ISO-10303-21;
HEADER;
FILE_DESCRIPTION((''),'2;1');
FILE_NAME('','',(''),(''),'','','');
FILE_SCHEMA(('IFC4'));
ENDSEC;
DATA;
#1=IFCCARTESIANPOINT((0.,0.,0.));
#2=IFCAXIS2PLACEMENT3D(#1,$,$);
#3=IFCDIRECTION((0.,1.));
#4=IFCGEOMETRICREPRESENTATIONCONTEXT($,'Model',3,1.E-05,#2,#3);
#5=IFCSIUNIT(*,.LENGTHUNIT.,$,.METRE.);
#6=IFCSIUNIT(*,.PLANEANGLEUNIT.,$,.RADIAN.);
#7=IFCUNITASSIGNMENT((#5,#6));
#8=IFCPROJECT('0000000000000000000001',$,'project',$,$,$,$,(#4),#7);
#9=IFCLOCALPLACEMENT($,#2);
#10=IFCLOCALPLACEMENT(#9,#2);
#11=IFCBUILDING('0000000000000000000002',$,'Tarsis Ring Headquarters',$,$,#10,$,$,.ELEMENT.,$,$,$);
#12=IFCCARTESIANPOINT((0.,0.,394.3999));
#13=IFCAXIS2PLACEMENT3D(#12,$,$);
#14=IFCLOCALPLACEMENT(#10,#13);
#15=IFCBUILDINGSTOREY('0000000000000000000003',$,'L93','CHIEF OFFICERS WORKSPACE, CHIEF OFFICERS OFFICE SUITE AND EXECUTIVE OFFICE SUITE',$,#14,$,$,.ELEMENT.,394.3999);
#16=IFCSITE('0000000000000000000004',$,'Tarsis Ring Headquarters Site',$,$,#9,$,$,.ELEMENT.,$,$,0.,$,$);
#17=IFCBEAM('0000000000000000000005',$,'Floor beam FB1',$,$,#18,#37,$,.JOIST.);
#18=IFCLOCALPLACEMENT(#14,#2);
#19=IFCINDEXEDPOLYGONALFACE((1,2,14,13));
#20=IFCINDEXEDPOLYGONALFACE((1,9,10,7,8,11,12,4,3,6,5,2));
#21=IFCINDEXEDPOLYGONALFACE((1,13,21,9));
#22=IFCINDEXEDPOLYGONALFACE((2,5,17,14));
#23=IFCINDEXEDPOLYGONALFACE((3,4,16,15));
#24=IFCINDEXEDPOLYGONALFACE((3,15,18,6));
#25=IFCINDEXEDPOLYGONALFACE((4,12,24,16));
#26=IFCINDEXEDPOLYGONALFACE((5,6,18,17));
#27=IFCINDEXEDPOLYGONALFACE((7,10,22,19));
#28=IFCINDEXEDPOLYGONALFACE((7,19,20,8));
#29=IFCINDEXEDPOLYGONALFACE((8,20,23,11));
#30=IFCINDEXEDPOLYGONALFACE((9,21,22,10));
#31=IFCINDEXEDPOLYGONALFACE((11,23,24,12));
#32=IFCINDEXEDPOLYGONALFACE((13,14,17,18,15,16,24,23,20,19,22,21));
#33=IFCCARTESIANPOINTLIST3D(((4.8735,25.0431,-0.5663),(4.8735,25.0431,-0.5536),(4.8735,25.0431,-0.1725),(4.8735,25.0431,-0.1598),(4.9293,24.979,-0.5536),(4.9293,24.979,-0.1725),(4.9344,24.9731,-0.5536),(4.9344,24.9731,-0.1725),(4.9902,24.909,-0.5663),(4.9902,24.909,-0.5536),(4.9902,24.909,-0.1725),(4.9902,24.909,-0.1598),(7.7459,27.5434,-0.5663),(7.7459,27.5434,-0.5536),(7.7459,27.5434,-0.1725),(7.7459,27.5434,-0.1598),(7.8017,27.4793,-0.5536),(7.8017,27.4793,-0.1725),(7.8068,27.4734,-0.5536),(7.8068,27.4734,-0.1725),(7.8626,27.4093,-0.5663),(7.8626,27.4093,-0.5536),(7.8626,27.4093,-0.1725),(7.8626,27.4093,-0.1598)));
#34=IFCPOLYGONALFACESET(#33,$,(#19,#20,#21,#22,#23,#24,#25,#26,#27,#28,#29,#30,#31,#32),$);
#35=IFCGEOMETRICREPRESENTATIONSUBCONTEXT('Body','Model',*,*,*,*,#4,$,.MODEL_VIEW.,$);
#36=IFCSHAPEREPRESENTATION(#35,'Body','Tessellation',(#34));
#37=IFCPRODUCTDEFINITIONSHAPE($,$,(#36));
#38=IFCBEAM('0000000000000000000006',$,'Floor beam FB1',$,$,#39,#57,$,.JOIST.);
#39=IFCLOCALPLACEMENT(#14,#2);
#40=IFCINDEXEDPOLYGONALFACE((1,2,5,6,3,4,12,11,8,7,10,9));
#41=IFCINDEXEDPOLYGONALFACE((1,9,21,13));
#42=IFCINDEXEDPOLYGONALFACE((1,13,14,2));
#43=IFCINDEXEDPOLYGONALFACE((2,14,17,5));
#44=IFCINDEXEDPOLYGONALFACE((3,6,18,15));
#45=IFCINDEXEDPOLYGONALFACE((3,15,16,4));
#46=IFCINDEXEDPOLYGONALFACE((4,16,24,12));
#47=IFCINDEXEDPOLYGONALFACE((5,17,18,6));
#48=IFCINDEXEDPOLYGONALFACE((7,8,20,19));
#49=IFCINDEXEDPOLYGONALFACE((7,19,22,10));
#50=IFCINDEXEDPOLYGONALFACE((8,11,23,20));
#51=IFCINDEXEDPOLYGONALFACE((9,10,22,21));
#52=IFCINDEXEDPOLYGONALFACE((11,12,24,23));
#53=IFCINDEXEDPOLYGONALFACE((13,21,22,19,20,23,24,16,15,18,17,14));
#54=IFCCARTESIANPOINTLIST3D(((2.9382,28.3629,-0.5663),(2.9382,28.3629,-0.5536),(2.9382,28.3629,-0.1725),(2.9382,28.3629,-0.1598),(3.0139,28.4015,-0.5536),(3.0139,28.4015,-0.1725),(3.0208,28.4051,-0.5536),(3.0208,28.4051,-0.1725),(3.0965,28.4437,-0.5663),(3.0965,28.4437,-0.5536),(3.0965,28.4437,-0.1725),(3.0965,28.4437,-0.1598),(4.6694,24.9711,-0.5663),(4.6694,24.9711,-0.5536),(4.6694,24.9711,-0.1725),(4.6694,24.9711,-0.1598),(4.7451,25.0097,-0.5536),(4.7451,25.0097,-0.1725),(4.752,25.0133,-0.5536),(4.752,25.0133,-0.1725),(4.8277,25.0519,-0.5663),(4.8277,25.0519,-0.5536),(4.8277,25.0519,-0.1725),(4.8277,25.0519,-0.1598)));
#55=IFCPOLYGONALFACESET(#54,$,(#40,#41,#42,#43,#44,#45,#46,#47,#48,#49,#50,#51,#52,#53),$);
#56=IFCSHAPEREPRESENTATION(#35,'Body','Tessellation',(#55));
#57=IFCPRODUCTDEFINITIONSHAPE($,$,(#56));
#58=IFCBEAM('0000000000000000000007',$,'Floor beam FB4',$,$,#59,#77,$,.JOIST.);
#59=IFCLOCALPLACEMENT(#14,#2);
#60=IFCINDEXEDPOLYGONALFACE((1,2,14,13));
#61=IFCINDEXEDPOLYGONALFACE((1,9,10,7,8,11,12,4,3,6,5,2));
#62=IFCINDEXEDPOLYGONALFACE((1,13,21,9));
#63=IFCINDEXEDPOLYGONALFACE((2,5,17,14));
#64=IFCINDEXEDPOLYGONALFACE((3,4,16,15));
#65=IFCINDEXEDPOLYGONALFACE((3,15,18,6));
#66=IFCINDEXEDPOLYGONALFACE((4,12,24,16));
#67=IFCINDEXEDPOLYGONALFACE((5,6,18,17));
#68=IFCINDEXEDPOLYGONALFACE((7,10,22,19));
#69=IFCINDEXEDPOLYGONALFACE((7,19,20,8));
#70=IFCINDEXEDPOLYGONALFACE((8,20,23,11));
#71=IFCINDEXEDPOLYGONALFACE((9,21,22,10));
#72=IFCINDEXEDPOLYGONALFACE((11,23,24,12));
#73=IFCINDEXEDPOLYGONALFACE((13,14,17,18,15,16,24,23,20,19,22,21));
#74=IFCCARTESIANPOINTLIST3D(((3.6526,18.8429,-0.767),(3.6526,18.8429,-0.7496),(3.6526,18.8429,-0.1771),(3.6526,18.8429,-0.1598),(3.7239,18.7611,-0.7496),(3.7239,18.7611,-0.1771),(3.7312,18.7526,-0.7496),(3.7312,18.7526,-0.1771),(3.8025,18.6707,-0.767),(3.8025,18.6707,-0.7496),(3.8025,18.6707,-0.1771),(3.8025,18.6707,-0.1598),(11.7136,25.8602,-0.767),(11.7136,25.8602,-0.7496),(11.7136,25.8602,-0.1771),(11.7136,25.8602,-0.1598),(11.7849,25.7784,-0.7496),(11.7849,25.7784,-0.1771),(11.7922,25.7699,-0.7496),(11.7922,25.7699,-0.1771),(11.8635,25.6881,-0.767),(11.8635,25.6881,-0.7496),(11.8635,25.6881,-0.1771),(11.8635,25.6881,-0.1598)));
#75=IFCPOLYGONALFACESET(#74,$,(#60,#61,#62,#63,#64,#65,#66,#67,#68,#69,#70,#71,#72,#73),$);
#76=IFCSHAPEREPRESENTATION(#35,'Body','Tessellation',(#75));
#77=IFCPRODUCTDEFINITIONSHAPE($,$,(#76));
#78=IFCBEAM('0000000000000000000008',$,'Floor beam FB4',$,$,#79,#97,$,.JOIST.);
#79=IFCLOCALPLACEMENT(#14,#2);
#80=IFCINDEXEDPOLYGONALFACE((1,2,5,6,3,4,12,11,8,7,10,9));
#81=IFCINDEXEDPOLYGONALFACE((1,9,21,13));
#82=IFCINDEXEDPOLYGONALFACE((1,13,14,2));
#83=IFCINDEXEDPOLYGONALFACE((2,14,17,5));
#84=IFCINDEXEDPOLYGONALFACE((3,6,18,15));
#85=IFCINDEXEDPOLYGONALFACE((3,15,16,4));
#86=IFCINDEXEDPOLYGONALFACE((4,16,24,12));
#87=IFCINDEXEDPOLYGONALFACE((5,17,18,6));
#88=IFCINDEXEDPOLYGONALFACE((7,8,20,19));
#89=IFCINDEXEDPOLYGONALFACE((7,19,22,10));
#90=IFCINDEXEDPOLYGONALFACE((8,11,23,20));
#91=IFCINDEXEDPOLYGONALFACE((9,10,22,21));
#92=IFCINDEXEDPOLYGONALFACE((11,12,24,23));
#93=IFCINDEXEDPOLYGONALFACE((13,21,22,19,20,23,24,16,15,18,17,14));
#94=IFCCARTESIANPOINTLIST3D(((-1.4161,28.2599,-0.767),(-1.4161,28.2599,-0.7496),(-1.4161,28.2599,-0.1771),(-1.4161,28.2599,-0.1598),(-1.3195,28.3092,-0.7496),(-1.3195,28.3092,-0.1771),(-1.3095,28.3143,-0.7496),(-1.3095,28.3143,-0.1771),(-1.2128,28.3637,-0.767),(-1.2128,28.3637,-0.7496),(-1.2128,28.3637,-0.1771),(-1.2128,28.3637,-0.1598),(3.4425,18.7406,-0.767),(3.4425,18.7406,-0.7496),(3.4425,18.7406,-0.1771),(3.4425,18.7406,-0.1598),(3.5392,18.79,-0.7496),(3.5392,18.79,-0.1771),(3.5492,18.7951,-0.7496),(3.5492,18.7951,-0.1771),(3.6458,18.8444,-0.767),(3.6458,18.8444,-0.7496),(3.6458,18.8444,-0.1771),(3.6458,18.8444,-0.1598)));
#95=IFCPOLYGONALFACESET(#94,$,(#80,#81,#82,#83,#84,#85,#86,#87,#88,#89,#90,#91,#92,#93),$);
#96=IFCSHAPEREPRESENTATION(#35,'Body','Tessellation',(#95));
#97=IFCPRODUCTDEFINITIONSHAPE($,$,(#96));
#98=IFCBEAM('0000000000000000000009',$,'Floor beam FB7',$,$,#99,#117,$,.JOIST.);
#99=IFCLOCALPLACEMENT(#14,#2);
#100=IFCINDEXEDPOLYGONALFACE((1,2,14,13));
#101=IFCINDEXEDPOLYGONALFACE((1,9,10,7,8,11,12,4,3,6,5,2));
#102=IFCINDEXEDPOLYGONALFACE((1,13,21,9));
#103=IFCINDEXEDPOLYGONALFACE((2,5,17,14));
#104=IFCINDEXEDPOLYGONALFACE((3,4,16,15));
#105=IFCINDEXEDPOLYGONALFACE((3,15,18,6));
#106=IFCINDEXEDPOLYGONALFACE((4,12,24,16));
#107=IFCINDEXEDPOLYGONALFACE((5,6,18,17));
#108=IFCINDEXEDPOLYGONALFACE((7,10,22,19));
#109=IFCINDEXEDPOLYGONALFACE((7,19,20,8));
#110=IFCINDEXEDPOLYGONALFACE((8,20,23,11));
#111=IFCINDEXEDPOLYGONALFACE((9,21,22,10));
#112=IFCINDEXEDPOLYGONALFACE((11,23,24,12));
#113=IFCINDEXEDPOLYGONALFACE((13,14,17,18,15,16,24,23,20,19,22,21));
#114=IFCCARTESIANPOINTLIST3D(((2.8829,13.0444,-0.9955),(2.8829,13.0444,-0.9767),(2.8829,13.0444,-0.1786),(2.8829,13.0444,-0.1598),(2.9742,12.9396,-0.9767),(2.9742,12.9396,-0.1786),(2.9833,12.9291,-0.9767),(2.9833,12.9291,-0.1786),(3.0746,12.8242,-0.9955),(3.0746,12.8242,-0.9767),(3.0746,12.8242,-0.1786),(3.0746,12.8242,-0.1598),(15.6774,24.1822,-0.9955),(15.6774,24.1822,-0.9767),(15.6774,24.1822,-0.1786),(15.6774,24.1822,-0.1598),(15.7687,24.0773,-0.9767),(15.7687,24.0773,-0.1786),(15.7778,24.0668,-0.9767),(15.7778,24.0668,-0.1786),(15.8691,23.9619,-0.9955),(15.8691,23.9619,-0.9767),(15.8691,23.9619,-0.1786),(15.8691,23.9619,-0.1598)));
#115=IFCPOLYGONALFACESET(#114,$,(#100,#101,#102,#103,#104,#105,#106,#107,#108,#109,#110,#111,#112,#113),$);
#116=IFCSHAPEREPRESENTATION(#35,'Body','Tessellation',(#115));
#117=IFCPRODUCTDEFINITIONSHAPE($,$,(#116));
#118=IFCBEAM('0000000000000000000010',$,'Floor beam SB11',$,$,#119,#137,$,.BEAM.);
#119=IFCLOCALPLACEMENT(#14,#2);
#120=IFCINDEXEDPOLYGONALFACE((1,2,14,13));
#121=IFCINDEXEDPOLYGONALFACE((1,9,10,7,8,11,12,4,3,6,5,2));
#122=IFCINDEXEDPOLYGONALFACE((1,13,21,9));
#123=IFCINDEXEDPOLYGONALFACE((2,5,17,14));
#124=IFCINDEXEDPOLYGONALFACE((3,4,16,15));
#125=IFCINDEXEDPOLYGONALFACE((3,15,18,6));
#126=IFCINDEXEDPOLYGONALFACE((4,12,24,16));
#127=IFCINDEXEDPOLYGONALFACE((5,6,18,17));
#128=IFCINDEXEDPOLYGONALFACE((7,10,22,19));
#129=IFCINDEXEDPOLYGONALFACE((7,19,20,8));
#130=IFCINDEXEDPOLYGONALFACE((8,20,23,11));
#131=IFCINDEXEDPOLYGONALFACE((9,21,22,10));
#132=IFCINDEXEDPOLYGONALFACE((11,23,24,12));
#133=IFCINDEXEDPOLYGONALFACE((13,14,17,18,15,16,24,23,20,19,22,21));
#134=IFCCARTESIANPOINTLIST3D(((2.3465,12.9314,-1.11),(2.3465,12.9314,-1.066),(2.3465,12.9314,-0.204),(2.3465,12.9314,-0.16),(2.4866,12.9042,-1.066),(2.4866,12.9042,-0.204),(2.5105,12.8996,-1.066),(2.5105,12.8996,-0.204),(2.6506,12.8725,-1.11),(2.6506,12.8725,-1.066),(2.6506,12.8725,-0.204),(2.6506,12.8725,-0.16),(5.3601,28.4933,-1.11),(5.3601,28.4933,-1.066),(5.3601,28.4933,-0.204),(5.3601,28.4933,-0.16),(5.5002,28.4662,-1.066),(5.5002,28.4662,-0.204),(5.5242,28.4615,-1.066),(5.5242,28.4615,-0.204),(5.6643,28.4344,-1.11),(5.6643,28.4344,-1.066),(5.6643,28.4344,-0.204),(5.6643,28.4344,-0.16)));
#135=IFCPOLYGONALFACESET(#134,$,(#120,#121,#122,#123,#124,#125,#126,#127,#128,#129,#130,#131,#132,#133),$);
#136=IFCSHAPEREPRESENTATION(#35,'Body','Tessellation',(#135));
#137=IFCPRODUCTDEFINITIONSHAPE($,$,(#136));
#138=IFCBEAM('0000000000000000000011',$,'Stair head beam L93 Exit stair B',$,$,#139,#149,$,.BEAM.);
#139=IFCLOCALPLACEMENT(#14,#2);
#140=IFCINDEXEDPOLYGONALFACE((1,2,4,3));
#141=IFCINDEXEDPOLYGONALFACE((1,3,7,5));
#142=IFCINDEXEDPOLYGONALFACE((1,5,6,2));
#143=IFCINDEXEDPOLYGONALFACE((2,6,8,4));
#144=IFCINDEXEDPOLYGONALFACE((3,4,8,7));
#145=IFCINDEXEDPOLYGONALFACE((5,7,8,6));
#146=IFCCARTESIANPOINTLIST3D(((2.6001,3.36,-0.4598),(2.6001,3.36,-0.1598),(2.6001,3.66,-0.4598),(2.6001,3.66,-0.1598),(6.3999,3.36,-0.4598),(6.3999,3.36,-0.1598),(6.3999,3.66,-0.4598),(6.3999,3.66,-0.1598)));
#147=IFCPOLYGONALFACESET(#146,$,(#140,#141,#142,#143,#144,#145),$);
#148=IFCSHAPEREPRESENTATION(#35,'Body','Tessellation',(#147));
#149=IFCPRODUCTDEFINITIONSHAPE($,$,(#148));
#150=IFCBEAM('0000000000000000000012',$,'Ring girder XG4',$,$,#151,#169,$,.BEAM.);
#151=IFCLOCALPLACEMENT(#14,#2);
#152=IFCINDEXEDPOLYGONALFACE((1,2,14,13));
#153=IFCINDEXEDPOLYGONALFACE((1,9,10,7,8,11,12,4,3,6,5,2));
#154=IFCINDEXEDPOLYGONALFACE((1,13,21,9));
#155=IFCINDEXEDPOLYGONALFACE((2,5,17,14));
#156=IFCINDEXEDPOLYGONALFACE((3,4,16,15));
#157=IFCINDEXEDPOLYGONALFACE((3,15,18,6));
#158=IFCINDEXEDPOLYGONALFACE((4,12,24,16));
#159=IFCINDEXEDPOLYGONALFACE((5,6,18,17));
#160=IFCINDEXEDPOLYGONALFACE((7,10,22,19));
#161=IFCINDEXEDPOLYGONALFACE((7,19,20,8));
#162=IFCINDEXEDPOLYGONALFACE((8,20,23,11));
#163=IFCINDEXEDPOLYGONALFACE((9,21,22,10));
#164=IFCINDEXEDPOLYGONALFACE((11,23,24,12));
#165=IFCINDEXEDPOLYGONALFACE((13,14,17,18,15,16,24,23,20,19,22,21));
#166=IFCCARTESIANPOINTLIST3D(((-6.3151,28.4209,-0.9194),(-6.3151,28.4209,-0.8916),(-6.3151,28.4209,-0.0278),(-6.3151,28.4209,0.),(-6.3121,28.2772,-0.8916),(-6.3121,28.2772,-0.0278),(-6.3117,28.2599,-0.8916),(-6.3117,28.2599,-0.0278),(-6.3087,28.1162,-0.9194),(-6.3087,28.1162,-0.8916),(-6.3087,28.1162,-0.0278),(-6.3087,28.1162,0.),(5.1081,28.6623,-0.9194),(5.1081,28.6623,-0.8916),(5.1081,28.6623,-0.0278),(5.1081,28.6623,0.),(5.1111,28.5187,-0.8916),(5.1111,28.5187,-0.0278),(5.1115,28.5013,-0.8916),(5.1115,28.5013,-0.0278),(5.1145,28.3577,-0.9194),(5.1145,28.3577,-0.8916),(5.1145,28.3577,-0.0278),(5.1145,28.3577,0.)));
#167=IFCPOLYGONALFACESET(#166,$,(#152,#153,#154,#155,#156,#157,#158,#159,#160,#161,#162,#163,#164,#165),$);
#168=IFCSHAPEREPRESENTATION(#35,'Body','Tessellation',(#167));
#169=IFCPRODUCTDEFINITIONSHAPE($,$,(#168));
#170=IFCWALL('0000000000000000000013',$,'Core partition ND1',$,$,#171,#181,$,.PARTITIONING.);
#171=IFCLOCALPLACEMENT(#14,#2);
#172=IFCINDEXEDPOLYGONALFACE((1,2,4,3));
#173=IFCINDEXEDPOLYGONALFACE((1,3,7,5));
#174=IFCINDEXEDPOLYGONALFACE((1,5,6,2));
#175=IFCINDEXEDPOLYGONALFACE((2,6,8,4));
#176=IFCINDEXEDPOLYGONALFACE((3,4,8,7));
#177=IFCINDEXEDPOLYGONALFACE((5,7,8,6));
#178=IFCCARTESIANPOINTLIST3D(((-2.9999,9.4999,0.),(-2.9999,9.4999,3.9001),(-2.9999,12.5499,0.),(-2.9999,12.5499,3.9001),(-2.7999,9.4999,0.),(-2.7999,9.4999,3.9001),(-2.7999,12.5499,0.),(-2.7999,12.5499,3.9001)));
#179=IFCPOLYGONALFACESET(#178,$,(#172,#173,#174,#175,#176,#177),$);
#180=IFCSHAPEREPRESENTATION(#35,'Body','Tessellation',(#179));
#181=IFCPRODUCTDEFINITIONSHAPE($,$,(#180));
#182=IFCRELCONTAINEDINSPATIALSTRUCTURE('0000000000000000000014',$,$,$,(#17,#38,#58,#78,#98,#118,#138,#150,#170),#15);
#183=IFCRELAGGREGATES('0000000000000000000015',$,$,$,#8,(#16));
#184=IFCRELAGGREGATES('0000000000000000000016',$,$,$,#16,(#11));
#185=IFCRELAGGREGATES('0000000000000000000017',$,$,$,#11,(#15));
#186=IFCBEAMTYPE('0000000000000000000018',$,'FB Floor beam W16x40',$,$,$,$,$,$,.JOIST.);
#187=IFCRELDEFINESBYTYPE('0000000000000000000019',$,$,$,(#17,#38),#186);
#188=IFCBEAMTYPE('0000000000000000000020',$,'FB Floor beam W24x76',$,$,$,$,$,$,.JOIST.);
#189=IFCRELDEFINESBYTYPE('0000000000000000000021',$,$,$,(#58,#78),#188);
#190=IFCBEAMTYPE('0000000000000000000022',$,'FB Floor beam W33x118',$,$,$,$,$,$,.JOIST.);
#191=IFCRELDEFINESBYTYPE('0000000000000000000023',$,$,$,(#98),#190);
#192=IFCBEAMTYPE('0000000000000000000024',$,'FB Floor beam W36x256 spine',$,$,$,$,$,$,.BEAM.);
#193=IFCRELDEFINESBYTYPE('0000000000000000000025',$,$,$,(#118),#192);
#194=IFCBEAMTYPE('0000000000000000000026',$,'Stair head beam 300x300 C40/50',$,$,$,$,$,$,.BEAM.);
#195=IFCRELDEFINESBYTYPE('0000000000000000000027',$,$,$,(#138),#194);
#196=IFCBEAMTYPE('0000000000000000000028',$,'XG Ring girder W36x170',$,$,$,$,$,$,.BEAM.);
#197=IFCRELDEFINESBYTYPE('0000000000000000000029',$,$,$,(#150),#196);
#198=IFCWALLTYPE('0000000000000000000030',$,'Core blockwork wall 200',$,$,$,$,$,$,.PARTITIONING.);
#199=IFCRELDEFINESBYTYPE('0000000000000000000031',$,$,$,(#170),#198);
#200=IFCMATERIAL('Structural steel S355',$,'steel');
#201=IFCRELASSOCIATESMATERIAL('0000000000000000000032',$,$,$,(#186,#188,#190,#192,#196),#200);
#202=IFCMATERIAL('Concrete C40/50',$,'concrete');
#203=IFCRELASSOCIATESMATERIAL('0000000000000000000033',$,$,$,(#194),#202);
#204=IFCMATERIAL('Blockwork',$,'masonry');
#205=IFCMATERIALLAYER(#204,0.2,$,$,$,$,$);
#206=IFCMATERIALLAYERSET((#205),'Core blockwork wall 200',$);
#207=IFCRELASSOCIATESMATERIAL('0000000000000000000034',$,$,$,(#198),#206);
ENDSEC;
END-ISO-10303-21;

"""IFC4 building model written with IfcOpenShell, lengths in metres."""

from ifc_helpers import new_model, si_unit, direction, frame, frame_2d, origin, origin_2d, place, context, subcontext, project, spatial, rectangle, i_section, extrude, material, layer, layer_set, material_profile, profile_set, type_object, element, save


model = new_model("IFC4")

# Units and contexts
model_context = context("Model", 3, precision=1e-05, world=origin(), true_north=direction((0.0, 1.0)))
body_context = subcontext(model_context, "Body", "Model", "MODEL_VIEW")
ifc_project = project(units=[si_unit("LENGTHUNIT", "METRE"), si_unit("PLANEANGLEUNIT", "RADIAN")], contexts=[model_context])

# Site, building, storey
site_placement = place(None, origin())
site = spatial("IfcSite", under=ifc_project, at=site_placement, Name="Tarsis Ring Headquarters Site", CompositionType="ELEMENT", RefElevation=0.0)
building_placement = place(site_placement, origin())
building = spatial("IfcBuilding", under=site, at=building_placement, Name="Tarsis Ring Headquarters", CompositionType="ELEMENT")
storey_placement = place(building_placement, frame((0.0, 0.0, 394.3999)))
storey = spatial("IfcBuildingStorey", under=building, at=storey_placement, Name="L93", Description="CHIEF OFFICERS WORKSPACE, CHIEF OFFICERS OFFICE SUITE AND EXECUTIVE OFFICE SUITE", CompositionType="ELEMENT", Elevation=394.3999)

# Beams
ifc_material_1 = material(Name="Structural steel S355", Category="steel")
ifc_material_profile_1 = material_profile(ifc_material_1, i_section(OverallWidth=0.1777, OverallDepth=0.4065, WebThickness=0.0078, FlangeThickness=0.0127, at=origin_2d()), Name="W16x40")
ifc_profile_set_1 = profile_set([ifc_material_profile_1], Name="Structural steel S355")
beam_type_1 = type_object("IfcBeamType", Name="FB Floor beam W16x40", PredefinedType="JOIST", material=ifc_profile_set_1)
for number, where, z_axis, x_axis, name in (
    (1, (4.9319, 24.9761, -0.363), (0.75427, 0.656564, 0.0), (-0.656564, 0.75427, 0.0), "Floor beam FB1"),
    (2, (3.0173, 28.4033, -0.363), (0.454609, -0.890691, 0.0), (0.890691, 0.454609, 0.0), "Floor beam FB1"),
):
    element("IfcBeam", number, at=place(storey_placement, frame(where, z_axis=z_axis, x_axis=x_axis)), inside=storey, type_object=beam_type_1, Name=name, PredefinedType="JOIST", context=body_context, shape_type="SweptSolid", body=[
        extrude(i_section(OverallWidth=0.1777, OverallDepth=0.4065, WebThickness=0.0078, FlangeThickness=0.0127, at=origin_2d()), origin(), (0.0, 0.0, 1.0), 3.8081),
    ])
ifc_material_profile_2 = material_profile(ifc_material_1, i_section(OverallWidth=0.2283, OverallDepth=0.6072, WebThickness=0.0112, FlangeThickness=0.0173, at=origin_2d()), Name="W24x76")
ifc_profile_set_2 = profile_set([ifc_material_profile_2], Name="Structural steel S355")
beam_type_2 = type_object("IfcBeamType", Name="FB Floor beam W24x76", PredefinedType="JOIST", material=ifc_profile_set_2)
for number, where, z_axis, x_axis, name in (
    (3, (3.7275, 18.7568, -0.4634), (0.754247, 0.656591, 0.0), (-0.656591, 0.754247, 0.0), "Floor beam FB4"),
    (4, (-1.3145, 28.3118, -0.4634), (0.454609, -0.890691, 0.0), (0.890691, 0.454609, 0.0), "Floor beam FB4"),
):
    element("IfcBeam", number, at=place(storey_placement, frame(where, z_axis=z_axis, x_axis=x_axis)), inside=storey, type_object=beam_type_2, Name=name, PredefinedType="JOIST", context=body_context, shape_type="SweptSolid", body=[
        extrude(i_section(OverallWidth=0.2283, OverallDepth=0.6072, WebThickness=0.0112, FlangeThickness=0.0173, at=origin_2d()), origin(), (0.0, 0.0, 1.0), 10.6875),
    ])
ifc_material_profile_3 = material_profile(ifc_material_1, i_section(OverallWidth=0.292, OverallDepth=0.8357, WebThickness=0.0139, FlangeThickness=0.0188, at=origin_2d()), Name="W33x118")
ifc_profile_set_3 = profile_set([ifc_material_profile_3], Name="Structural steel S355")
beam_type_3 = type_object("IfcBeamType", Name="FB Floor beam W33x118", PredefinedType="JOIST", material=ifc_profile_set_3)
beam_1_placement = place(storey_placement, frame((2.9788, 12.9343, -0.5776), z_axis=(0.754252, 0.656585, 0.0), x_axis=(-0.656585, 0.754252, 0.0)))
element("IfcBeam", 5, at=beam_1_placement, inside=storey, type_object=beam_type_3, Name="Floor beam FB7", PredefinedType="JOIST", context=body_context, shape_type="SweptSolid", body=[
    extrude(i_section(OverallWidth=0.292, OverallDepth=0.8357, WebThickness=0.0139, FlangeThickness=0.0188, at=origin_2d()), origin(), (0.0, 0.0, 1.0), 16.9631),
])
ifc_material_profile_4 = material_profile(ifc_material_1, i_section(OverallWidth=0.3098, OverallDepth=0.95, WebThickness=0.0244, FlangeThickness=0.0439, at=origin_2d()), Name="W36x256")
ifc_profile_set_4 = profile_set([ifc_material_profile_4], Name="Structural steel S355")
beam_type_4 = type_object("IfcBeamType", Name="FB Floor beam W36x256 spine", PredefinedType="BEAM", material=ifc_profile_set_4)
beam_2_placement = place(storey_placement, frame((5.5122, 28.4639, -0.635), z_axis=(-0.190123, -0.98176, 0.0), x_axis=(0.98176, -0.190123, 0.0)))
element("IfcBeam", 6, at=beam_2_placement, inside=storey, type_object=beam_type_4, Name="Floor beam SB11", PredefinedType="BEAM", context=body_context, shape_type="SweptSolid", body=[
    extrude(i_section(OverallWidth=0.3098, OverallDepth=0.95, WebThickness=0.0244, FlangeThickness=0.0439, at=origin_2d()), origin(), (0.0, 0.0, 1.0), 15.8511),
])
ifc_material_2 = material(Name="Concrete C40/50", Category="concrete")
ifc_material_profile_5 = material_profile(ifc_material_2, rectangle(XDim=0.3, YDim=0.3, at=origin_2d()), Name="Stair head beam 300x300 C40/50")
ifc_profile_set_5 = profile_set([ifc_material_profile_5], Name="Concrete C40/50")
beam_type_5 = type_object("IfcBeamType", Name="Stair head beam 300x300 C40/50", PredefinedType="BEAM", material=ifc_profile_set_5)
beam_3_placement = place(storey_placement, frame((2.6001, 3.51, -0.3098), z_axis=(1.0, 0.0, 0.0), x_axis=(0.0, 1.0, 0.0)))
element("IfcBeam", 7, at=beam_3_placement, inside=storey, type_object=beam_type_5, Name="Stair head beam L93 Exit stair B", PredefinedType="BEAM", context=body_context, shape_type="SweptSolid", body=[
    extrude(rectangle(XDim=0.3, YDim=0.3, at=origin_2d()), origin(), (0.0, 0.0, 1.0), 3.7998),
])
ifc_material_profile_6 = material_profile(ifc_material_1, i_section(OverallWidth=0.3047, OverallDepth=0.9194, WebThickness=0.0173, FlangeThickness=0.0278, at=origin_2d()), Name="W36x170")
ifc_profile_set_6 = profile_set([ifc_material_profile_6], Name="Structural steel S355")
beam_type_6 = type_object("IfcBeamType", Name="XG Ring girder W36x170", PredefinedType="BEAM", material=ifc_profile_set_6)
beam_4_placement = place(storey_placement, frame((5.1113, 28.51, -0.4597), z_axis=(-0.999777, -0.021132, 0.0), x_axis=(0.021132, -0.999777, 0.0)))
element("IfcBeam", 8, at=beam_4_placement, inside=storey, type_object=beam_type_6, Name="Ring girder XG4", PredefinedType="BEAM", context=body_context, shape_type="SweptSolid", body=[
    extrude(i_section(OverallWidth=0.3047, OverallDepth=0.9194, WebThickness=0.0173, FlangeThickness=0.0278, at=origin_2d()), origin(), (0.0, 0.0, 1.0), 11.4258),
])

# Wall
ifc_material_3 = material(Name="Blockwork", Category="masonry")
ifc_layer_1 = layer(ifc_material_3, 0.2)
ifc_layer_set_1 = layer_set([ifc_layer_1], Name="Core blockwork wall 200")
wall_type_1 = type_object("IfcWallType", Name="Core blockwork wall 200", PredefinedType="PARTITIONING", material=ifc_layer_set_1)
for number, where, z_axis, x_axis, name in (
    (9, (-2.8999, 9.5, 0.0), (0.0, 0.0, 1.0), (0.0, 1.0, 0.0), "Core partition ND1"),
):
    element("IfcWall", number, at=place(storey_placement, frame(where, z_axis=z_axis, x_axis=x_axis)), inside=storey, type_object=wall_type_1, Name=name, PredefinedType="PARTITIONING", context=body_context, shape_type="SweptSolid", body=[
        extrude(rectangle(XDim=3.05, YDim=0.2, at=frame_2d((1.5249, 0.0))), origin(), (0.0, 0.0, 1.0), 3.9001),
    ])

save(model, "model.ifc")
